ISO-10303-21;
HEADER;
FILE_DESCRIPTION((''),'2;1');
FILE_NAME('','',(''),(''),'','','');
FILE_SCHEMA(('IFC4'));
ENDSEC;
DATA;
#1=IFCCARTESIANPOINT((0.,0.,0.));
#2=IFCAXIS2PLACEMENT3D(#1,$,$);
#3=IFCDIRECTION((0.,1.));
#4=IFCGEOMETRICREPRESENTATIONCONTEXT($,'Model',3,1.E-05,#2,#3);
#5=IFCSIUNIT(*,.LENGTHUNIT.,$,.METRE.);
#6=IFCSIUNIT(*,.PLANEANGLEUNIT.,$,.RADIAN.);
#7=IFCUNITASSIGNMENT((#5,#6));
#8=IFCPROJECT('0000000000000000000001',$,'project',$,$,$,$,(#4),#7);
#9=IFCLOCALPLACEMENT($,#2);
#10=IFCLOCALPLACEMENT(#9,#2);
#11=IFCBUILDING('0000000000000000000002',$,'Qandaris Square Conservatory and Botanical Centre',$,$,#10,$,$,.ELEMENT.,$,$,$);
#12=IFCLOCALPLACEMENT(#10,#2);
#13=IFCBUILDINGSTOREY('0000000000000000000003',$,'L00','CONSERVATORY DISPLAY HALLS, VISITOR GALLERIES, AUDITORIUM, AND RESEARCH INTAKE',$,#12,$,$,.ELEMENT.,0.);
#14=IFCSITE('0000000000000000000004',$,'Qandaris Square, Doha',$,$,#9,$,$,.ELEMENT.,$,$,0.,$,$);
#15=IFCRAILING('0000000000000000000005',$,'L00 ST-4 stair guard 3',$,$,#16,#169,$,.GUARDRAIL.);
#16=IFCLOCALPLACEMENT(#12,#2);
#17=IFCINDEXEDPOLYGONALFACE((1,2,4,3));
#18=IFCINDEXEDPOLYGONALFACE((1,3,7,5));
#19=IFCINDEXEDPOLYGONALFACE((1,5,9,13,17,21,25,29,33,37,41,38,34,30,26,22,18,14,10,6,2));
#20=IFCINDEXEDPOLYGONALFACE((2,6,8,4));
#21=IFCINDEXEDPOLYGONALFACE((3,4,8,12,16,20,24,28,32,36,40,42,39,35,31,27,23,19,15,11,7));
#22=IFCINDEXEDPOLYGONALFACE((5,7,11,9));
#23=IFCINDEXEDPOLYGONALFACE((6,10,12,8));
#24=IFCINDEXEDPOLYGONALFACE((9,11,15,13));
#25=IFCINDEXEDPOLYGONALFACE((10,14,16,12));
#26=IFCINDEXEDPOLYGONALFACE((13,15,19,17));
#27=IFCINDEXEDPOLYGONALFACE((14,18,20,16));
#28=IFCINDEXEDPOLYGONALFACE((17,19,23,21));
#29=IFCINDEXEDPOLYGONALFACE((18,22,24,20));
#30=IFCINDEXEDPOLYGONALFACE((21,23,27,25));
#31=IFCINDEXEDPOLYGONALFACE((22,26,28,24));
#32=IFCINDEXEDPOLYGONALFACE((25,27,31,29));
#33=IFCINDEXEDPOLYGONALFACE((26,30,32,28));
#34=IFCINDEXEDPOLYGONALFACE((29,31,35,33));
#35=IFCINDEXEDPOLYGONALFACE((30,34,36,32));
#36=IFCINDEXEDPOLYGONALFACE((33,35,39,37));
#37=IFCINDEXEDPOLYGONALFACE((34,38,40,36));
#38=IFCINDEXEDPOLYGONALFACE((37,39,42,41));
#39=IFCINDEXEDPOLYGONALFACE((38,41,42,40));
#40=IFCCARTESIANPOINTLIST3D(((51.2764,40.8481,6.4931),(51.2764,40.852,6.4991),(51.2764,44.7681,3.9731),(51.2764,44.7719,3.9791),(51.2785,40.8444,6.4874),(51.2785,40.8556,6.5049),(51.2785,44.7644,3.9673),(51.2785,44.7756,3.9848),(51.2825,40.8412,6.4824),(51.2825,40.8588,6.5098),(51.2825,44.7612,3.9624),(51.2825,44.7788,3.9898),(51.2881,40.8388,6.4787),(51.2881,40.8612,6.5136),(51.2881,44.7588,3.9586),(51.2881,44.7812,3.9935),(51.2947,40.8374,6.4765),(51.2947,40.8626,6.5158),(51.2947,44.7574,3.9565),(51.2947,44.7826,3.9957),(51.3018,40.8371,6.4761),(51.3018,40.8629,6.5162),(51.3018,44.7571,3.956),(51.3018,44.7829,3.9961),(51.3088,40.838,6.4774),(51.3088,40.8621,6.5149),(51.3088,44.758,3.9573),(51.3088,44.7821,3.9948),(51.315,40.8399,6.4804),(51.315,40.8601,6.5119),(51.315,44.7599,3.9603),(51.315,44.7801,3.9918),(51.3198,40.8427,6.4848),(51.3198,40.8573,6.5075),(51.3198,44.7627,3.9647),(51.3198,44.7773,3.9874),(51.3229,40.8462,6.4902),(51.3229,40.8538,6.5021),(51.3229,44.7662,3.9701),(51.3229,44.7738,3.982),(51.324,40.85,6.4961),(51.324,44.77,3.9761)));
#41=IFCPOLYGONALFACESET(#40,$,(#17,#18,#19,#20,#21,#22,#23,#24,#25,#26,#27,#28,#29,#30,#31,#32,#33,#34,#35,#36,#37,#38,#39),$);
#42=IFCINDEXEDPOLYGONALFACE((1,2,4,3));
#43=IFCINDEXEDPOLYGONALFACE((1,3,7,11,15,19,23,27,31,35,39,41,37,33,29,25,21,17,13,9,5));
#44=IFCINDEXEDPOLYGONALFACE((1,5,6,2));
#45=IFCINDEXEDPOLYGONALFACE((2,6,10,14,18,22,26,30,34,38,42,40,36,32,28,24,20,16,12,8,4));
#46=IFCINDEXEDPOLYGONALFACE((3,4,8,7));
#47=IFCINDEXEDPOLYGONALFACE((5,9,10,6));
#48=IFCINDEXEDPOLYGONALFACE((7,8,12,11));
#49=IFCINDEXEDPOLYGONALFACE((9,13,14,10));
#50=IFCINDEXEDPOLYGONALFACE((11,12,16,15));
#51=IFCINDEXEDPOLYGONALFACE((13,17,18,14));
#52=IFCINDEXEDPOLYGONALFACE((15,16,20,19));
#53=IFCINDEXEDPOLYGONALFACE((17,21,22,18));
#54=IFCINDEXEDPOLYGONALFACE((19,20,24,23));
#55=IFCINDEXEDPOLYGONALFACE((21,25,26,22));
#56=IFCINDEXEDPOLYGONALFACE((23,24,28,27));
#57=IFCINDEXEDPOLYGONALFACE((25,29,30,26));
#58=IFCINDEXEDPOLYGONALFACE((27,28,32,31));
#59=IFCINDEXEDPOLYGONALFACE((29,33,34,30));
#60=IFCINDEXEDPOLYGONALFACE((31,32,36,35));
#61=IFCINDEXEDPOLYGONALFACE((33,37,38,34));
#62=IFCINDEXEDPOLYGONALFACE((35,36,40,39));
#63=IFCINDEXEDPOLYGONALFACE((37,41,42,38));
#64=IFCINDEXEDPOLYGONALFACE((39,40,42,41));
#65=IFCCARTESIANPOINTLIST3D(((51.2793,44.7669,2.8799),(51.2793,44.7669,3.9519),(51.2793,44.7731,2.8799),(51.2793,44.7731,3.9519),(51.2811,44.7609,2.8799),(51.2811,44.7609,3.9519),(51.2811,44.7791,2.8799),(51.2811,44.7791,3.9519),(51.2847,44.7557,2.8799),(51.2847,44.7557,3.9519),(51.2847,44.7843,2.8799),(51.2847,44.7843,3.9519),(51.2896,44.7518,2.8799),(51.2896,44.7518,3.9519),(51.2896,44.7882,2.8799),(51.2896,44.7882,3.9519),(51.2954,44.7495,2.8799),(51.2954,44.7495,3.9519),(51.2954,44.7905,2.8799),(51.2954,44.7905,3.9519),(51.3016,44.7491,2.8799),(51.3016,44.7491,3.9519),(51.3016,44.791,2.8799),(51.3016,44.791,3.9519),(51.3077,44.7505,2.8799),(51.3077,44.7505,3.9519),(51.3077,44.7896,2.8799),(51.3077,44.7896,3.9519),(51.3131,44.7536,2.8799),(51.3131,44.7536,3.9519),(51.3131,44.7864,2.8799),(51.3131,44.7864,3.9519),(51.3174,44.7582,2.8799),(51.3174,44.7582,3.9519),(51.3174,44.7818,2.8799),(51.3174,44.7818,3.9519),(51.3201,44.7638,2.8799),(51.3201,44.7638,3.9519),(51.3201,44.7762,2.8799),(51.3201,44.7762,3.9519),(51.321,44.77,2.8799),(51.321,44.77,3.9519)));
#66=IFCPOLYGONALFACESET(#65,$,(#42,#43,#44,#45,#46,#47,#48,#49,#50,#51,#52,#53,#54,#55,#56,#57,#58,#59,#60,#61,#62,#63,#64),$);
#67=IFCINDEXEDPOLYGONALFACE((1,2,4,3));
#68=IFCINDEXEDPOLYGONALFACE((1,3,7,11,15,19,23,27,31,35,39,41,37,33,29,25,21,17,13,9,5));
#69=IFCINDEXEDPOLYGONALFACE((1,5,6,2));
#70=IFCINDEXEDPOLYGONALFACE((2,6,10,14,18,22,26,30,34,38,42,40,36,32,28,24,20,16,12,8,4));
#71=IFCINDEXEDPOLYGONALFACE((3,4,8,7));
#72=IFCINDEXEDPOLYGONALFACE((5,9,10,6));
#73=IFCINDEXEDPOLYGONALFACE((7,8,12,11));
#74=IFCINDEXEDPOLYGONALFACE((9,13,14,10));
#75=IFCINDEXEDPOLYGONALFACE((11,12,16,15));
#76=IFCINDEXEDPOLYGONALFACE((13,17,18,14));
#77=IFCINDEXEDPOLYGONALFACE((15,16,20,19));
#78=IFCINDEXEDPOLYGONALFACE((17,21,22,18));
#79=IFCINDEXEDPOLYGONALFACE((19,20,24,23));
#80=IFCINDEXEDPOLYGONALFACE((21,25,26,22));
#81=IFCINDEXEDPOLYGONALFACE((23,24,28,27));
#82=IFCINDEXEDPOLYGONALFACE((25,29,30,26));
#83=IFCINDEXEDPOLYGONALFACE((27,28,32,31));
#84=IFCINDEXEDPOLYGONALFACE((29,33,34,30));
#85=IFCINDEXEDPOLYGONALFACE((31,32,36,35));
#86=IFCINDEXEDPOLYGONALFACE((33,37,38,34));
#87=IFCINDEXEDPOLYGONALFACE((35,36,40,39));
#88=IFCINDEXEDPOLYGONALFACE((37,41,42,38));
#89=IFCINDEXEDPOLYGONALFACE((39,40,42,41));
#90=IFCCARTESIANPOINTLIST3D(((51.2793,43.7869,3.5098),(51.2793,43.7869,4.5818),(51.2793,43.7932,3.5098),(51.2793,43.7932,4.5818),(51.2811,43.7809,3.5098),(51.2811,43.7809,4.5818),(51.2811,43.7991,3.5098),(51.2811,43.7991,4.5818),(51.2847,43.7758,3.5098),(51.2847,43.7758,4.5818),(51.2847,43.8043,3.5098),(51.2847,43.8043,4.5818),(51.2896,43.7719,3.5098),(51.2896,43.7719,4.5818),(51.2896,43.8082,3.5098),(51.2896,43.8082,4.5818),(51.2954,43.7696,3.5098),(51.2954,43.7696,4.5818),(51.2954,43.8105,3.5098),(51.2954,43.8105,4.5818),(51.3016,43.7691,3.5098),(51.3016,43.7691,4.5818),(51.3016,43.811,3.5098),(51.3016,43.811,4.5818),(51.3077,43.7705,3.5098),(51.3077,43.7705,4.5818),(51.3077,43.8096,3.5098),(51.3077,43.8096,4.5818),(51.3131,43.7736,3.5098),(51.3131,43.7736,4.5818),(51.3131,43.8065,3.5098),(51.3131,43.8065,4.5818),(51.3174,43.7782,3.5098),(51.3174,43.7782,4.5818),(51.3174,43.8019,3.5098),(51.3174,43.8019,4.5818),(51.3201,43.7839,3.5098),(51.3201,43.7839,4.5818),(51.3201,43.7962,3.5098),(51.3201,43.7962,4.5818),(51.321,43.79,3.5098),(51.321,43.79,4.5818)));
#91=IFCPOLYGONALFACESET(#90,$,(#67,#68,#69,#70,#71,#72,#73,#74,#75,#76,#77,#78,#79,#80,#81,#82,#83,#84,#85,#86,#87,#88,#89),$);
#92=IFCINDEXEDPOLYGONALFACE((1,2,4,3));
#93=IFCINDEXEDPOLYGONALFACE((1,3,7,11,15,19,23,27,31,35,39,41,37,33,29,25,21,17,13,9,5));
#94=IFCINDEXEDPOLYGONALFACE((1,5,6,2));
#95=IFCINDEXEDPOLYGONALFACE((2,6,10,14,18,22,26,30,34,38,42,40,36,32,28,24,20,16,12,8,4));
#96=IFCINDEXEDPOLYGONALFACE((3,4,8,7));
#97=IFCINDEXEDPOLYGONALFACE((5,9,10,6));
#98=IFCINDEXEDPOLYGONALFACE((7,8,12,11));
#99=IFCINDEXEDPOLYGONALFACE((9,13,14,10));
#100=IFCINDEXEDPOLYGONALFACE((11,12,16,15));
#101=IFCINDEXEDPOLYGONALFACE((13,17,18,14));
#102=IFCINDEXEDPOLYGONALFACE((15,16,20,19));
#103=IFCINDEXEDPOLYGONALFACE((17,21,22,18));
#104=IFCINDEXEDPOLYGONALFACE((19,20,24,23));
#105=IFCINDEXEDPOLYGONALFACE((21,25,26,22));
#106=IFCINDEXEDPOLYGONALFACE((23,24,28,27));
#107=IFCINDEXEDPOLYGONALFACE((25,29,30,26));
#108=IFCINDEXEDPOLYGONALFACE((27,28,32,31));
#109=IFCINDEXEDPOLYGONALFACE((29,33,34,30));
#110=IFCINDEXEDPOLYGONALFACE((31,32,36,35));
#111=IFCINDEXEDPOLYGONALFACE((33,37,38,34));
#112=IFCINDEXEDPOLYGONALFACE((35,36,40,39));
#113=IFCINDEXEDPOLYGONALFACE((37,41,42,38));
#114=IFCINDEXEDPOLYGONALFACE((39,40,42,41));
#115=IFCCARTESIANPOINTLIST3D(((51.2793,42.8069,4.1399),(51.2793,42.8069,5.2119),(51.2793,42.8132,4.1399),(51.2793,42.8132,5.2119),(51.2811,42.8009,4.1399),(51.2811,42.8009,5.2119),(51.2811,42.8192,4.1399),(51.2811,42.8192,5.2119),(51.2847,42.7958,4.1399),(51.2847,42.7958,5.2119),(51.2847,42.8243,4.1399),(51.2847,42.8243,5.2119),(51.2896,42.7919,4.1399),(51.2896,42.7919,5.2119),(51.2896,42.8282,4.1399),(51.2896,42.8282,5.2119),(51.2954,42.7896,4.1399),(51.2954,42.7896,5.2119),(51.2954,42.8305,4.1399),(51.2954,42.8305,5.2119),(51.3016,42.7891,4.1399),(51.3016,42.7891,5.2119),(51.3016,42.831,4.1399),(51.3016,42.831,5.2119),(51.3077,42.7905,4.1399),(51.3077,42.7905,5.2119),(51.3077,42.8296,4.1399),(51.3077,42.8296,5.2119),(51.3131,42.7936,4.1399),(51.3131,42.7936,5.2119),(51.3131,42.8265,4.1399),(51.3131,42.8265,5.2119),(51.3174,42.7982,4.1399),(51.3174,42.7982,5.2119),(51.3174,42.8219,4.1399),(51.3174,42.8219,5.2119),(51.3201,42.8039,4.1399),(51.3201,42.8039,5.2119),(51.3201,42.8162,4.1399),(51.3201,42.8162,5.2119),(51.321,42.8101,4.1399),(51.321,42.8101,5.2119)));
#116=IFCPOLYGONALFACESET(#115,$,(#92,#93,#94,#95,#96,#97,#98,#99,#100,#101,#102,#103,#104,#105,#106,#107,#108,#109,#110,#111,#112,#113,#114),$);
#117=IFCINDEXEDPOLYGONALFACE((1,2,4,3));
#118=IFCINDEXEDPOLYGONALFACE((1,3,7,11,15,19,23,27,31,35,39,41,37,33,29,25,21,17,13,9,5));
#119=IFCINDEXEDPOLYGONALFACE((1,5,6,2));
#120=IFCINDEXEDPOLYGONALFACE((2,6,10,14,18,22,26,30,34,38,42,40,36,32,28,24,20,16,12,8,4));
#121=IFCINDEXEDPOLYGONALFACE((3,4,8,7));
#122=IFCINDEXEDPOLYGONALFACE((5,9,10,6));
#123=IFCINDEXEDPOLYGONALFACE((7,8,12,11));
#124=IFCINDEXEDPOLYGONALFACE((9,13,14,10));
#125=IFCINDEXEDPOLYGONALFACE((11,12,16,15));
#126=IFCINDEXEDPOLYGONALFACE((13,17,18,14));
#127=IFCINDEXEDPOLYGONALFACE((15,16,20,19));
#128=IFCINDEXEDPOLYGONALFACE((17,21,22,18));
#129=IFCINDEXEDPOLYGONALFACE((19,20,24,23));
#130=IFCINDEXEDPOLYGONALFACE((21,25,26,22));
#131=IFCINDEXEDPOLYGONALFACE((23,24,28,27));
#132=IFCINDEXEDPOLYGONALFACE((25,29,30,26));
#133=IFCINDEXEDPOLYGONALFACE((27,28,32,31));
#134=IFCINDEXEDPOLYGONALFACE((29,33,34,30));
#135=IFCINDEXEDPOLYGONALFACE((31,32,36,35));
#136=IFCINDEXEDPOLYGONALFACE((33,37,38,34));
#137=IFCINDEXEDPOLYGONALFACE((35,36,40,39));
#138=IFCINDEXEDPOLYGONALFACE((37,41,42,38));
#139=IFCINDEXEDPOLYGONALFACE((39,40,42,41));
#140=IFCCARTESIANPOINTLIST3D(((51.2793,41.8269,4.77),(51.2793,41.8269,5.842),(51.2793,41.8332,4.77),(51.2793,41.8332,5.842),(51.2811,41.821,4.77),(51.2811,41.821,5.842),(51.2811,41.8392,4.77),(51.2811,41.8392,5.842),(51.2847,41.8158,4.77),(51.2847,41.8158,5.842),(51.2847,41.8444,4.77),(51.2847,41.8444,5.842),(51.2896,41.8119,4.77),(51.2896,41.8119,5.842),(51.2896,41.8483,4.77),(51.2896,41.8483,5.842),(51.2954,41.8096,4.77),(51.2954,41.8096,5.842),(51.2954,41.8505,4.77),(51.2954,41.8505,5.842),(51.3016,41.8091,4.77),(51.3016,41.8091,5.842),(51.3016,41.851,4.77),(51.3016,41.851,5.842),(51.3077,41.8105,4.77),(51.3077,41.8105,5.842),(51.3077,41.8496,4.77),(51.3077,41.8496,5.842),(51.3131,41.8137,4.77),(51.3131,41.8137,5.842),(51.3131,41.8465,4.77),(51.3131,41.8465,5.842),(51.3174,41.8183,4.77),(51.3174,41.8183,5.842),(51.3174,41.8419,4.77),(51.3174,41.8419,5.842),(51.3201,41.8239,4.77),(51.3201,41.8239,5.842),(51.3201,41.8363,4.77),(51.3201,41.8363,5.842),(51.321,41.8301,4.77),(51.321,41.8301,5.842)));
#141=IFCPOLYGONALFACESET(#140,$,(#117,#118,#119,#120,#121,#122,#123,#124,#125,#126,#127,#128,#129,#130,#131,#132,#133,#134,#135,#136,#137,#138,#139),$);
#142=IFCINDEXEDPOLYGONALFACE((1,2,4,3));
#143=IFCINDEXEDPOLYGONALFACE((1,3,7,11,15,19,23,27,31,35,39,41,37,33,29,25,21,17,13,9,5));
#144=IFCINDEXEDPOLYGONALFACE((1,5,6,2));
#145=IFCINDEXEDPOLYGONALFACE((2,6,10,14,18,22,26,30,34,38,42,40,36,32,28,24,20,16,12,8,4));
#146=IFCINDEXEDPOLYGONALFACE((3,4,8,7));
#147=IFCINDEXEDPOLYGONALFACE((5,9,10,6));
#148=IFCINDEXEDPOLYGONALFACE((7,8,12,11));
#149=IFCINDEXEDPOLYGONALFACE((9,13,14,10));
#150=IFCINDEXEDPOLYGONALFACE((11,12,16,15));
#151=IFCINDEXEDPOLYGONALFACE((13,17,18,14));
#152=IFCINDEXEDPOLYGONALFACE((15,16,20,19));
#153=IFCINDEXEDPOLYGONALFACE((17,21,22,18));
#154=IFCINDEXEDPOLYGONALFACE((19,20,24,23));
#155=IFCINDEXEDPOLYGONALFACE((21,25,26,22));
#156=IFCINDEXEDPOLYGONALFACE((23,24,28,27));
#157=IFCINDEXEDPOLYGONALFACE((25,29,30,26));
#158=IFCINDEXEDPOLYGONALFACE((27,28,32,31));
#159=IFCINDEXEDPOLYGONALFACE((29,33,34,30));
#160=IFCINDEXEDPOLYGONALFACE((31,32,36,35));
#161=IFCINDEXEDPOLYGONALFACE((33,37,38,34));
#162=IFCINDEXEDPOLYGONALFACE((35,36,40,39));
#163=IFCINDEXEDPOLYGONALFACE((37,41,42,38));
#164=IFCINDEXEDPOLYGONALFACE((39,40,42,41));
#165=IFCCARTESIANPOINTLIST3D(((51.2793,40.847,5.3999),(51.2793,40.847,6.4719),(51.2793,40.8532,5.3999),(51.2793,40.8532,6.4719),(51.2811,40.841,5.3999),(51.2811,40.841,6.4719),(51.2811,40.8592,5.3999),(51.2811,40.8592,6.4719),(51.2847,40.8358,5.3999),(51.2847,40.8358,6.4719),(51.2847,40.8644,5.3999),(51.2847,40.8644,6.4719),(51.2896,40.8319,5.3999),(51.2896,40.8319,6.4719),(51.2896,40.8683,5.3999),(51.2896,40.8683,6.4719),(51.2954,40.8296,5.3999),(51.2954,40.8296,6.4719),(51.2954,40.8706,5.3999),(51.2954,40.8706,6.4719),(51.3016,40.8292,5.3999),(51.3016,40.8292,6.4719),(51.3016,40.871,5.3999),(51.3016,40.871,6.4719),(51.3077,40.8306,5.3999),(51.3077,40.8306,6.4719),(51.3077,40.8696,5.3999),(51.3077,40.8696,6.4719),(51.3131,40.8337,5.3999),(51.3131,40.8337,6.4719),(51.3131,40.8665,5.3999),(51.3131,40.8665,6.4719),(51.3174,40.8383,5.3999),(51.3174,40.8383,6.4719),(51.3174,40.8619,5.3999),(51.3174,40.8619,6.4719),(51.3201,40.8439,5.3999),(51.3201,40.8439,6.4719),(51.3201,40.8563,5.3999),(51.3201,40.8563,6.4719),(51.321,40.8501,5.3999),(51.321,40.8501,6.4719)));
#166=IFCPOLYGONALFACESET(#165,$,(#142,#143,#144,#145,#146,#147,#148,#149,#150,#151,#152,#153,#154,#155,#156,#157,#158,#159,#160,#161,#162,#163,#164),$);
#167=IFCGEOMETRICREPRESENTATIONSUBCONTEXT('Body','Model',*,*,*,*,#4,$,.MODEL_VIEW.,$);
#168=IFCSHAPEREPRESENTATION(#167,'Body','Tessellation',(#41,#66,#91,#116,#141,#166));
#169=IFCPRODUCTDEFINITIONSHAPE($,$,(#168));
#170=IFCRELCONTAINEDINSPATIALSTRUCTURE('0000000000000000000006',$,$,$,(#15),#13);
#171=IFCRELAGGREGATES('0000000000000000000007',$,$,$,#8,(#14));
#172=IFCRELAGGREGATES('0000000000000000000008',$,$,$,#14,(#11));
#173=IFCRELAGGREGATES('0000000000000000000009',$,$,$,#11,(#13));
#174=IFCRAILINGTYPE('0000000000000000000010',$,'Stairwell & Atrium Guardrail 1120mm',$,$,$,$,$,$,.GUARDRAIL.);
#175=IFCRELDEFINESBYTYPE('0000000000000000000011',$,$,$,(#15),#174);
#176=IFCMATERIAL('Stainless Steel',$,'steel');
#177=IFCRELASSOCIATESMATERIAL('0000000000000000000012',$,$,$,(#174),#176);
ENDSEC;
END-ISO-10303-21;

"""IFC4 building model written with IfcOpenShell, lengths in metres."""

from ifc_helpers import new_model, si_unit, direction, frame, origin, origin_2d, place, context, subcontext, project, spatial, circle, extrude, material, type_object, element, save


model = new_model("IFC4")

# Units and contexts
model_context = context("Model", 3, precision=1e-05, world=origin(), true_north=direction((0.0, 1.0)))
body_context = subcontext(model_context, "Body", "Model", "MODEL_VIEW")
ifc_project = project(units=[si_unit("LENGTHUNIT", "METRE"), si_unit("PLANEANGLEUNIT", "RADIAN")], contexts=[model_context])

# Site, building, storey
site_placement = place(None, origin())
site = spatial("IfcSite", under=ifc_project, at=site_placement, Name="Qandaris Square, Doha", CompositionType="ELEMENT", RefElevation=0.0)
building_placement = place(site_placement, origin())
building = spatial("IfcBuilding", under=site, at=building_placement, Name="Qandaris Square Conservatory and Botanical Centre", CompositionType="ELEMENT")
storey_placement = place(building_placement, origin())
storey = spatial("IfcBuildingStorey", under=building, at=storey_placement, Name="L00", Description="CONSERVATORY DISPLAY HALLS, VISITOR GALLERIES, AUDITORIUM, AND RESEARCH INTAKE", CompositionType="ELEMENT", Elevation=0.0)

# Railing
ifc_material_1 = material(Name="Stainless Steel", Category="steel")
railing_type_1 = type_object("IfcRailingType", Name="Stairwell & Atrium Guardrail 1120mm", PredefinedType="GUARDRAIL", material=ifc_material_1)
railing_1_placement = place(storey_placement, frame((51.3, 44.77, 2.8799)))
element("IfcRailing", 1, at=railing_1_placement, inside=storey, type_object=railing_type_1, Name="L00 ST-4 stair guard 3", PredefinedType="GUARDRAIL", context=body_context, shape_type="SweptSolid", body=[
    extrude(circle(Radius=0.0239, at=origin_2d()), frame((0.0, 0.0, 1.0962), z_axis=(0.0, -0.841172, 0.540768), x_axis=(1.0, 0.0, 0.0)), (0.0, 0.0, 1.0), 4.6602),
    extrude(circle(Radius=0.021, at=origin_2d()), origin(), (0.0, 0.0, 1.0), 1.072),
    extrude(circle(Radius=0.021, at=origin_2d()), frame((0.0, -0.98, 0.6299)), (0.0, 0.0, 1.0), 1.072),
    extrude(circle(Radius=0.021, at=origin_2d()), frame((0.0, -1.96, 1.26)), (0.0, 0.0, 1.0), 1.072),
    extrude(circle(Radius=0.021, at=origin_2d()), frame((0.0, -2.9399, 1.8901)), (0.0, 0.0, 1.0), 1.072),
    extrude(circle(Radius=0.021, at=origin_2d()), frame((0.0, -3.9199, 2.52)), (0.0, 0.0, 1.0), 1.072),
])

save(model, "model.ifc")
